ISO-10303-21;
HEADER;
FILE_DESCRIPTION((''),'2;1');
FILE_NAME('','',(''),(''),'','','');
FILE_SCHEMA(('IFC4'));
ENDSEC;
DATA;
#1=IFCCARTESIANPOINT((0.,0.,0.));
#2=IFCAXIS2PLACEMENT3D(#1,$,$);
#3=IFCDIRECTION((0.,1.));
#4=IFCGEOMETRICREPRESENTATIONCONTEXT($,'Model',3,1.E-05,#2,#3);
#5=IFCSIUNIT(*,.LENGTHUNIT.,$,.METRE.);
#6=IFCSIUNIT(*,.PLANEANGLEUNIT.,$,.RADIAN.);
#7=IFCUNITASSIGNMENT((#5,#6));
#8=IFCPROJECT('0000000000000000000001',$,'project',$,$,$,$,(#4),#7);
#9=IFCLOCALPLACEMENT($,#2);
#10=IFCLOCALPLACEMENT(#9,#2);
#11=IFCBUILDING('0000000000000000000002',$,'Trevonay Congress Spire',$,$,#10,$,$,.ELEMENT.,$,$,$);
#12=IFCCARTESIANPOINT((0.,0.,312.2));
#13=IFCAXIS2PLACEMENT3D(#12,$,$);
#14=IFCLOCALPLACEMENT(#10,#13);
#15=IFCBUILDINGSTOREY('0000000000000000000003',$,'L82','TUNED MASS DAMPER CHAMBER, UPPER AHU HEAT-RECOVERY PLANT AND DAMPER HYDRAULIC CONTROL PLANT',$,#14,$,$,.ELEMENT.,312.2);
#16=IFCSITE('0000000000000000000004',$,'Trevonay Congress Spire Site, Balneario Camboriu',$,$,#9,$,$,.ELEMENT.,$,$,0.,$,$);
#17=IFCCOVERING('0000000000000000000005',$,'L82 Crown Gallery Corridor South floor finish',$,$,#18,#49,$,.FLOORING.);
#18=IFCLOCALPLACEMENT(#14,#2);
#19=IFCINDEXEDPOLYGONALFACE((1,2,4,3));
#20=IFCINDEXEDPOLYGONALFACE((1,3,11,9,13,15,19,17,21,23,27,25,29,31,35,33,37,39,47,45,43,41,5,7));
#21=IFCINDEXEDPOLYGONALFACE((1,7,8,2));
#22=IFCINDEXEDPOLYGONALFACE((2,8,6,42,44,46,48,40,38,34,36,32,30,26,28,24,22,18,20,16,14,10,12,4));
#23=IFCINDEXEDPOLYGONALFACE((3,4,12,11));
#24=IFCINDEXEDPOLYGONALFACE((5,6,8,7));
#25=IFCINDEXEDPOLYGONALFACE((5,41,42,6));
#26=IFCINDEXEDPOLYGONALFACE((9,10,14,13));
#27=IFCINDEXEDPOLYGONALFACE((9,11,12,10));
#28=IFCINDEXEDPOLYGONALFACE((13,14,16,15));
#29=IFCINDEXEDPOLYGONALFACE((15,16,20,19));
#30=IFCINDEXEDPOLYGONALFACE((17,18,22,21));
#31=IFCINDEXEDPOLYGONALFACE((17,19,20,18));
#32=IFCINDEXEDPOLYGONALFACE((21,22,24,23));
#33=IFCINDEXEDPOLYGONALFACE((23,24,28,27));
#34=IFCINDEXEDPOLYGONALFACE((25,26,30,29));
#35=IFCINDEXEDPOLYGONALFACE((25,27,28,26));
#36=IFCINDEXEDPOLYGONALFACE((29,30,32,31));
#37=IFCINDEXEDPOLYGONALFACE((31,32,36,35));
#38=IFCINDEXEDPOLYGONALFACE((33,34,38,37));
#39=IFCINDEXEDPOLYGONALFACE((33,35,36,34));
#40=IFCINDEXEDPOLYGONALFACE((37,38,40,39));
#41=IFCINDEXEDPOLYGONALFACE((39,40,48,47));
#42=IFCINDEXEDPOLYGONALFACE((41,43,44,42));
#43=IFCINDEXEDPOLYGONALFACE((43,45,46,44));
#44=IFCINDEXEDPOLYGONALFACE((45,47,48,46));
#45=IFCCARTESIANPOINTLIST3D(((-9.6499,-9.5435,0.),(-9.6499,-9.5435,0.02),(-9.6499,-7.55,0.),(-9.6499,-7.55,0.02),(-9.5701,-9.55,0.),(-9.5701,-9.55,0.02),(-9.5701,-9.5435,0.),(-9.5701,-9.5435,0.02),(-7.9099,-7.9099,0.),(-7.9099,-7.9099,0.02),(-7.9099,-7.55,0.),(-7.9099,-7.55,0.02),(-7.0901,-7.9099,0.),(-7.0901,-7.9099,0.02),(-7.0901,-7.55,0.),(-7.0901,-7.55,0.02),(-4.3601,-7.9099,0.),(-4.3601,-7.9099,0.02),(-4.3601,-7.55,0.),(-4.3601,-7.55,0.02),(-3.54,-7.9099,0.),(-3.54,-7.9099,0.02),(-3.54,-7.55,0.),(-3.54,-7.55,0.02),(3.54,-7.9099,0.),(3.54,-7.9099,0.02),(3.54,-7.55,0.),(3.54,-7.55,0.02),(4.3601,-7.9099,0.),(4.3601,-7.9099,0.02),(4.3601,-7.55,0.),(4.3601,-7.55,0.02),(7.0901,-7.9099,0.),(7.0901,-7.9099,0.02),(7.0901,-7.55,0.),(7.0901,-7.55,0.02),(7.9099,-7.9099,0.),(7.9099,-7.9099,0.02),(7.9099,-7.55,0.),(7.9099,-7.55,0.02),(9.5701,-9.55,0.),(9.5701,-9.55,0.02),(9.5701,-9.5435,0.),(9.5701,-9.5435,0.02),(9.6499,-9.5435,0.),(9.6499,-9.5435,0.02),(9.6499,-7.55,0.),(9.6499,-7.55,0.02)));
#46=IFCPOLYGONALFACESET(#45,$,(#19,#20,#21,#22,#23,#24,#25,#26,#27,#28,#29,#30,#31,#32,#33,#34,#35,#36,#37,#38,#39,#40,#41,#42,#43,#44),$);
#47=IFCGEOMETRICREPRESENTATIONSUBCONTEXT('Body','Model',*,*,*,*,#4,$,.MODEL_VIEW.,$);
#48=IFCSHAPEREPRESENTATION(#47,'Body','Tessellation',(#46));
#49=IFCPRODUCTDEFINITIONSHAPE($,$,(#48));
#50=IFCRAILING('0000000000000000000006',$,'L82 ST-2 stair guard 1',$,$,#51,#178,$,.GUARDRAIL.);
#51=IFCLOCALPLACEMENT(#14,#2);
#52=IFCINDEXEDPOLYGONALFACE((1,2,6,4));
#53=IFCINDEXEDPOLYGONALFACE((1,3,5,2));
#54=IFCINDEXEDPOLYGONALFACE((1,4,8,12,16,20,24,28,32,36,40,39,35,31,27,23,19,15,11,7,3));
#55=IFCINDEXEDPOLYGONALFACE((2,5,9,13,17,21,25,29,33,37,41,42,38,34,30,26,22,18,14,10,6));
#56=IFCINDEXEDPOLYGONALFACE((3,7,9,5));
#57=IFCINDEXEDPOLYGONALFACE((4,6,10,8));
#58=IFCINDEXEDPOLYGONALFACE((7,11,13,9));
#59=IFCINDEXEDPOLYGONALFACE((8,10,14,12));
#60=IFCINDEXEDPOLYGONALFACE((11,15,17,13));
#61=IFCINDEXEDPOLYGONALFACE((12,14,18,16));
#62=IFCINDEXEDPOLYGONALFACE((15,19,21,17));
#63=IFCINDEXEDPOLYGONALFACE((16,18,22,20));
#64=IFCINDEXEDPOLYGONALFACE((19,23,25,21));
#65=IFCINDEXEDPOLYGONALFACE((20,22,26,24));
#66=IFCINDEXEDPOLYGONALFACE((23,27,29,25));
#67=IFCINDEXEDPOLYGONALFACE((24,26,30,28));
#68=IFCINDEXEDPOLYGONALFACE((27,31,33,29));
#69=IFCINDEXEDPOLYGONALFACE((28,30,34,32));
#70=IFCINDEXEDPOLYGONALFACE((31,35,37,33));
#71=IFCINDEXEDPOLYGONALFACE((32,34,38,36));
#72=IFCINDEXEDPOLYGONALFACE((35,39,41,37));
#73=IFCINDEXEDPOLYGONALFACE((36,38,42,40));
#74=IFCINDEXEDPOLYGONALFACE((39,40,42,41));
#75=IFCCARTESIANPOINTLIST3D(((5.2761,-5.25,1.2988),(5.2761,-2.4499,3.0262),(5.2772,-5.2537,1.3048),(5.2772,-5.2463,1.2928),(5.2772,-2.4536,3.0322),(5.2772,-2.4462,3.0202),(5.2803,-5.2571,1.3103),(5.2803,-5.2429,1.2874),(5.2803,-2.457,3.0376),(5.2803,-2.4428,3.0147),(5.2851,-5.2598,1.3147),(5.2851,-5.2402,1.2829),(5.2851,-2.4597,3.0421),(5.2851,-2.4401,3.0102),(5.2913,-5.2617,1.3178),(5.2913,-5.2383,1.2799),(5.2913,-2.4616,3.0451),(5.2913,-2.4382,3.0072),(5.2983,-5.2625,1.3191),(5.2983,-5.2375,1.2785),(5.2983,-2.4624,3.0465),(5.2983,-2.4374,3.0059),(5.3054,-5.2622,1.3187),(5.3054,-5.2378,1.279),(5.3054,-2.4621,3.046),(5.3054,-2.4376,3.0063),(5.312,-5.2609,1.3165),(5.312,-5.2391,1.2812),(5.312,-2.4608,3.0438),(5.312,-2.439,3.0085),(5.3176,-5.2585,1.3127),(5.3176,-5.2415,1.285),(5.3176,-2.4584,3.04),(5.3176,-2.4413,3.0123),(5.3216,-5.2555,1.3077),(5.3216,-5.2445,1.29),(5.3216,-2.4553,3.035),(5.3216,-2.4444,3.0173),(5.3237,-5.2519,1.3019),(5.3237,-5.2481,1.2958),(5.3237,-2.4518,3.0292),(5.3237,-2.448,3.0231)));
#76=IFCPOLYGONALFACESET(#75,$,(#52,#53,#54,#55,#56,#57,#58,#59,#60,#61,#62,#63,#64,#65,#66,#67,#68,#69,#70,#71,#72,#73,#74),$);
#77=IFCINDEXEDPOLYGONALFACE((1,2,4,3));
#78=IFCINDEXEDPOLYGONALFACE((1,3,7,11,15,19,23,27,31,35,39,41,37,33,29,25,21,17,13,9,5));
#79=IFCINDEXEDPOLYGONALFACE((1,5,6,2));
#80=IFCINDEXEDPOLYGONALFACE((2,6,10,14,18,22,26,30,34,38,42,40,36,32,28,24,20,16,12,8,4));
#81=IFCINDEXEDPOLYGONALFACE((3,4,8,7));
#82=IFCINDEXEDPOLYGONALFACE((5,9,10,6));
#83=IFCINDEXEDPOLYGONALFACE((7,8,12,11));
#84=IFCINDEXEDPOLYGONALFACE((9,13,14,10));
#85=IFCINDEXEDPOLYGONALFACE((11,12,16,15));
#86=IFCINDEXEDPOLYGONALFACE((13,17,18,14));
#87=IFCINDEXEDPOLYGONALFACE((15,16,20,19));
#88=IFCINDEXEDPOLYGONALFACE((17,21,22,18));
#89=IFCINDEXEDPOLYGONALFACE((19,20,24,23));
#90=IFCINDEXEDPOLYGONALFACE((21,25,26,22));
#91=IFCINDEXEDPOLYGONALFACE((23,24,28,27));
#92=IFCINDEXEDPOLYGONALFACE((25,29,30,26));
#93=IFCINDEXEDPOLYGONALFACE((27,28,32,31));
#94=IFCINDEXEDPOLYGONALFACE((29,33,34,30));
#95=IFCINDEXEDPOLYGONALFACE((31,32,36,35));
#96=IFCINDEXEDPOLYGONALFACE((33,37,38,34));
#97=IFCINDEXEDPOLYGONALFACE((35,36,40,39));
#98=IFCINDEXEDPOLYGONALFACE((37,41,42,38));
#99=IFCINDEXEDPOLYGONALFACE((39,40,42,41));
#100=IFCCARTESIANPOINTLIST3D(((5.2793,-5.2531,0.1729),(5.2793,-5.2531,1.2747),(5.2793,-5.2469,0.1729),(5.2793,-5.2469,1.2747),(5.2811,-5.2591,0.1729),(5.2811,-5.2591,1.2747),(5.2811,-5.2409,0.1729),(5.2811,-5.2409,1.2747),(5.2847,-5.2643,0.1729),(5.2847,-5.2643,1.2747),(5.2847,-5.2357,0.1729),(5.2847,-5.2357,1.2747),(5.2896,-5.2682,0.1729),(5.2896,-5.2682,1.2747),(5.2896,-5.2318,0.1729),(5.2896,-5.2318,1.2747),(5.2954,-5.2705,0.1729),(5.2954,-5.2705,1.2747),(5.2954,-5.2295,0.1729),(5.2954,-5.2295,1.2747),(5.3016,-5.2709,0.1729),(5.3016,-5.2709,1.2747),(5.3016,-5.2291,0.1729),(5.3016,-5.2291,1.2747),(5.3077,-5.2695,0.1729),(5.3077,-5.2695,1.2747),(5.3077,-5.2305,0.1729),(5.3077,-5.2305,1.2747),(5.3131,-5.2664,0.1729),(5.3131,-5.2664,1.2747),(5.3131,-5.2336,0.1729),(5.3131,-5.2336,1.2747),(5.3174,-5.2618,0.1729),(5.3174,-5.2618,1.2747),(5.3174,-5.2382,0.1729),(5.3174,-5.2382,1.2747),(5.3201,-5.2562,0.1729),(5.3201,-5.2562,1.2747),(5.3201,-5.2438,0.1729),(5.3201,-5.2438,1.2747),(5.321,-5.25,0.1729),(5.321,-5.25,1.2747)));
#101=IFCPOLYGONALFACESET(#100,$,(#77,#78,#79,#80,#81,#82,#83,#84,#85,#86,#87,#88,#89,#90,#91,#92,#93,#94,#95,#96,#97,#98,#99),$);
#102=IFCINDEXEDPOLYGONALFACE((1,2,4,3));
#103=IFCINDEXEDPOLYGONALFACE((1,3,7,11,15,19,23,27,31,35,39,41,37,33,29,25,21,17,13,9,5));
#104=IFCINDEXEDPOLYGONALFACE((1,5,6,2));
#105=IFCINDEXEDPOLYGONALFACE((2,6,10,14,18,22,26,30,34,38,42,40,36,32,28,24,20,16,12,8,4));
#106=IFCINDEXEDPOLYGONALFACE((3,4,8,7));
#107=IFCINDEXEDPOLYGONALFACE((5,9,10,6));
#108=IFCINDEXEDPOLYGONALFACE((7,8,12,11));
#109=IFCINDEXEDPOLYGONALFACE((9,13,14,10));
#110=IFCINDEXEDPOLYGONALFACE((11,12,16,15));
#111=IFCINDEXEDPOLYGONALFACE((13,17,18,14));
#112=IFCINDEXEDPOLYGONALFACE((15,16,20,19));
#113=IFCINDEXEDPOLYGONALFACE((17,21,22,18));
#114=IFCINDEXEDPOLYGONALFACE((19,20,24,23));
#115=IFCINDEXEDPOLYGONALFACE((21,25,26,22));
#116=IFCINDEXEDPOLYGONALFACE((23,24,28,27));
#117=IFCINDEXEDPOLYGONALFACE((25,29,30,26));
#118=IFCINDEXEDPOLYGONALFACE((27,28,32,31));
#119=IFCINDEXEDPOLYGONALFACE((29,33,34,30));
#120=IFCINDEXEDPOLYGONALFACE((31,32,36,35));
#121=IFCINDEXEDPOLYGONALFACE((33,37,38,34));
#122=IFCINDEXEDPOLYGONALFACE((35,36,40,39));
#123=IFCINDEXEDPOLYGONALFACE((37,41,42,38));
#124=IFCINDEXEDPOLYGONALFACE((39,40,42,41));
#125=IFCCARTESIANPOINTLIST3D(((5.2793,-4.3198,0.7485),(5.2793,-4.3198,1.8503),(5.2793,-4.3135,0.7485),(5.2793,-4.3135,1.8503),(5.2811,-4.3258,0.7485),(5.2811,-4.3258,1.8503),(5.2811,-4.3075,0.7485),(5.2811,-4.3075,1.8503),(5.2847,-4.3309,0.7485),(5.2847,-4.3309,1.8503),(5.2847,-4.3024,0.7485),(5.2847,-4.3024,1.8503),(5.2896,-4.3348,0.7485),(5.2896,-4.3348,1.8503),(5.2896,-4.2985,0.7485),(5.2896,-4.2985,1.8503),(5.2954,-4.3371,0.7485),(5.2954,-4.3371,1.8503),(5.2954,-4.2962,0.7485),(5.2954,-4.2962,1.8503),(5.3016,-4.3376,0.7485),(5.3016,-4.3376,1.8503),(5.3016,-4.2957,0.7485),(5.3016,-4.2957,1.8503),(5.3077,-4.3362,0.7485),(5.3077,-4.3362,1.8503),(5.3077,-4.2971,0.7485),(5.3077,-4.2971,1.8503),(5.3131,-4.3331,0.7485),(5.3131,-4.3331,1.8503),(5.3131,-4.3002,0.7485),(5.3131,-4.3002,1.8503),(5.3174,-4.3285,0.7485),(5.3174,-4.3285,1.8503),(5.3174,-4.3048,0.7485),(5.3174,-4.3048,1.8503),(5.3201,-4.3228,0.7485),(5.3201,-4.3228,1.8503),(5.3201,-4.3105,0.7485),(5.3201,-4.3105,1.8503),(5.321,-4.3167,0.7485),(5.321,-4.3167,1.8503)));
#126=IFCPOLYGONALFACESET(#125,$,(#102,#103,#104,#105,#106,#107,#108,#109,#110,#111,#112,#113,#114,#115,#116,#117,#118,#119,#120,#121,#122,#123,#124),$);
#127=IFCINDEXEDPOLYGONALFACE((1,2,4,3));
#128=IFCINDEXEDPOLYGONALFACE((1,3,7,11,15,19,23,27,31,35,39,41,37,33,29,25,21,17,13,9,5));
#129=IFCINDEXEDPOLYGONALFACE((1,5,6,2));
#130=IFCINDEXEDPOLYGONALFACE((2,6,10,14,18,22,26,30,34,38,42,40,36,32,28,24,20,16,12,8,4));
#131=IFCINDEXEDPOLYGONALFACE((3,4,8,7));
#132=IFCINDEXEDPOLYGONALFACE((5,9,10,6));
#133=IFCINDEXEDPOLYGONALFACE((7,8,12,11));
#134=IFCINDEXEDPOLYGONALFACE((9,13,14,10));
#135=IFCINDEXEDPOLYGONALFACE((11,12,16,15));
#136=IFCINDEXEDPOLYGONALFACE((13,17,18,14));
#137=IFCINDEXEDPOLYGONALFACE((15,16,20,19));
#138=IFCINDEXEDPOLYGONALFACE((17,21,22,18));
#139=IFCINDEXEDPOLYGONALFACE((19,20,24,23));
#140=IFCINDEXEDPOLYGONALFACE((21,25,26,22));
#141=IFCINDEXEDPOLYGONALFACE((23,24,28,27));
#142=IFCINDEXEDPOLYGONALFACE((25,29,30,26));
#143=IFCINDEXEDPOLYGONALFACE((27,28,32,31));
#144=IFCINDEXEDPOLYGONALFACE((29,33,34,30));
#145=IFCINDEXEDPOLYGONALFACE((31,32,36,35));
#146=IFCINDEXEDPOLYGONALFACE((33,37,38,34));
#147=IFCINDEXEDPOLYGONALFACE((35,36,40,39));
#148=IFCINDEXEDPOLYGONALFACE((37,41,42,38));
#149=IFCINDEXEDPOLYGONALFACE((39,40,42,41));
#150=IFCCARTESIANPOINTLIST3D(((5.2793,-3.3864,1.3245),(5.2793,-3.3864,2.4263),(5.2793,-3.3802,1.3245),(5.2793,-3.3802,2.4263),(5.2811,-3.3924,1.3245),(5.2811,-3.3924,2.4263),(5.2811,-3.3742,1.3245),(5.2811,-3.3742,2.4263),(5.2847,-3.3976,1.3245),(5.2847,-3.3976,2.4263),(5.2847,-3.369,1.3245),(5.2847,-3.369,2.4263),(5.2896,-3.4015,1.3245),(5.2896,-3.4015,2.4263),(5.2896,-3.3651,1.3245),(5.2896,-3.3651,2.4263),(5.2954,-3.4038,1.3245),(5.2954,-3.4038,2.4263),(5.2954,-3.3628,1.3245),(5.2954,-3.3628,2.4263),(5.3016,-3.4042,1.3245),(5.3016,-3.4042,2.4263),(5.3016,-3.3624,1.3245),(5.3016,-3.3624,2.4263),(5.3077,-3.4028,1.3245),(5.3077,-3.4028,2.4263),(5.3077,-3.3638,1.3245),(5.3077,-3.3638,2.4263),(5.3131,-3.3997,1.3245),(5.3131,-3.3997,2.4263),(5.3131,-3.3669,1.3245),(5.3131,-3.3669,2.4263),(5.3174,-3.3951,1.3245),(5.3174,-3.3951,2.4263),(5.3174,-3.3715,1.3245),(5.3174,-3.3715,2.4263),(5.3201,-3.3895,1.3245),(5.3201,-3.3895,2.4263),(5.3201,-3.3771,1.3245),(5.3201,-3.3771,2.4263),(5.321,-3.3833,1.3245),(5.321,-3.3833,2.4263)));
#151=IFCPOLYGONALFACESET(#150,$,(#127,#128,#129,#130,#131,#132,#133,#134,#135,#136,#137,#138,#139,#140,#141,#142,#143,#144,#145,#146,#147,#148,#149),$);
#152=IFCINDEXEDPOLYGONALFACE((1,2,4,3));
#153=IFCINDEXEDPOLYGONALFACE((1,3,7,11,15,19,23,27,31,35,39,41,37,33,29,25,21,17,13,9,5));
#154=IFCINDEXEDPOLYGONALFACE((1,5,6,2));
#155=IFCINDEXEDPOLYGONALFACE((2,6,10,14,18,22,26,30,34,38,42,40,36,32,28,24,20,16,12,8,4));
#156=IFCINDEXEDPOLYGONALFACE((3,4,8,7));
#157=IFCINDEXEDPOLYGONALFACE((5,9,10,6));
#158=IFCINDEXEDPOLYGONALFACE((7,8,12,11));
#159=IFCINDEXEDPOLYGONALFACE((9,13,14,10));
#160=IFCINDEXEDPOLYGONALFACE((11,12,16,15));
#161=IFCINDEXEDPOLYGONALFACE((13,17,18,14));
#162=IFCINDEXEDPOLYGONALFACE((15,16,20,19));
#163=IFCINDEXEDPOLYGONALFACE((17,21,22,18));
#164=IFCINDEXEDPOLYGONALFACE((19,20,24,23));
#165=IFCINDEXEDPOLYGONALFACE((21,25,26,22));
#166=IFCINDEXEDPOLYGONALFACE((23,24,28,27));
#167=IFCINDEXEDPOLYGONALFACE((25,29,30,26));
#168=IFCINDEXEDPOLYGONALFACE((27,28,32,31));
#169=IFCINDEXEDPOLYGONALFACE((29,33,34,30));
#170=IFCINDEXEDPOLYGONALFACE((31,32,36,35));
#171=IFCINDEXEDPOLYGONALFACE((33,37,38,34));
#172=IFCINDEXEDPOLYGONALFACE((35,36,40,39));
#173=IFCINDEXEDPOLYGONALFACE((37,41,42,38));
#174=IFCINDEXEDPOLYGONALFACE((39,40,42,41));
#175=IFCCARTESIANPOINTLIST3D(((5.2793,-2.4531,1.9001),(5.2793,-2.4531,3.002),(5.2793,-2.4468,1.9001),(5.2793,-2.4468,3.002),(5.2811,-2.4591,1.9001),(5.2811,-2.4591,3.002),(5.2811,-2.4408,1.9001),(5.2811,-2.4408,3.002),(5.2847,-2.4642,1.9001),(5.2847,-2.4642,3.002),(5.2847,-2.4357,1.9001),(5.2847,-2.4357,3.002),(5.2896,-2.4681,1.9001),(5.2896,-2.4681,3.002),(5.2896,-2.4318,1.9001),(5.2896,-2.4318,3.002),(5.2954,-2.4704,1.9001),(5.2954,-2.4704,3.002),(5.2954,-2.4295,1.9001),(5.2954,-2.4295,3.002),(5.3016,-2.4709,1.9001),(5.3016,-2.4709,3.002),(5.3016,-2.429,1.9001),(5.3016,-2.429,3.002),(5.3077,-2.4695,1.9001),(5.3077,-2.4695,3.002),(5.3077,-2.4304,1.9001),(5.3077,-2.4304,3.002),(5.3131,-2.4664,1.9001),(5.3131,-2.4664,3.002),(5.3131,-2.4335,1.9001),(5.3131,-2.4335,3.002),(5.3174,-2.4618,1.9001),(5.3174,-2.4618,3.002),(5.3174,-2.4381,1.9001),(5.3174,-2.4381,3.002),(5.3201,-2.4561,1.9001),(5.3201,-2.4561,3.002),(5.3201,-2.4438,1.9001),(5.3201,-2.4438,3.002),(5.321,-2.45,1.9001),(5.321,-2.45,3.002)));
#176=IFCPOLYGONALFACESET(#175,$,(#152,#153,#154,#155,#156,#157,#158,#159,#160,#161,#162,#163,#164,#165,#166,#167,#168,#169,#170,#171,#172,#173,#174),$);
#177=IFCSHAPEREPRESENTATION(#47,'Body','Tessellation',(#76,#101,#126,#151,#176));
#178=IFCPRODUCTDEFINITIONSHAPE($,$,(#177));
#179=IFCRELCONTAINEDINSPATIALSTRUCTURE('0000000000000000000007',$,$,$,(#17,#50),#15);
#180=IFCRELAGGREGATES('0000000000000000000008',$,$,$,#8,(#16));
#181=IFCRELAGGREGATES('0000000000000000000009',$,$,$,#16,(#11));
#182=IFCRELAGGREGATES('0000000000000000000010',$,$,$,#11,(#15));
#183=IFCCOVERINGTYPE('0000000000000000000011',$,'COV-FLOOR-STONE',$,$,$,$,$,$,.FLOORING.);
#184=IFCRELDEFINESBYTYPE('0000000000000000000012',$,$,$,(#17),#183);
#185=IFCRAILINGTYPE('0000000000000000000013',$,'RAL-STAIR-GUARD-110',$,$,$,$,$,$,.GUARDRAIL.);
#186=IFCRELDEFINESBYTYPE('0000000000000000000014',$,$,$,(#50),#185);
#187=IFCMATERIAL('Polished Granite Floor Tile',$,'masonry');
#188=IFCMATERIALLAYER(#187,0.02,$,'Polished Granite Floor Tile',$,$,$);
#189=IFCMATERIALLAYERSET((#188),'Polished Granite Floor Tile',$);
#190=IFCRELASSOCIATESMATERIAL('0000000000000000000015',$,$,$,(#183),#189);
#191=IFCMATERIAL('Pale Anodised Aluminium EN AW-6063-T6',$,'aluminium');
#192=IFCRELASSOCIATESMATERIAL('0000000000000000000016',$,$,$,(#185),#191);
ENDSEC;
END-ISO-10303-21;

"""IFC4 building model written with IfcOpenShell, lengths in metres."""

from ifc_helpers import new_model, si_unit, direction, frame, origin, origin_2d, place, context, subcontext, project, spatial, polyline, circle, outline, extrude, material, layer, layer_set, type_object, element, save


model = new_model("IFC4")

# Units and contexts
model_context = context("Model", 3, precision=1e-05, world=origin(), true_north=direction((0.0, 1.0)))
body_context = subcontext(model_context, "Body", "Model", "MODEL_VIEW")
ifc_project = project(units=[si_unit("LENGTHUNIT", "METRE"), si_unit("PLANEANGLEUNIT", "RADIAN")], contexts=[model_context])

# Site, building, storey
site_placement = place(None, origin())
site = spatial("IfcSite", under=ifc_project, at=site_placement, Name="Trevonay Congress Spire Site, Balneario Camboriu", CompositionType="ELEMENT", RefElevation=0.0)
building_placement = place(site_placement, origin())
building = spatial("IfcBuilding", under=site, at=building_placement, Name="Trevonay Congress Spire", CompositionType="ELEMENT")
storey_placement = place(building_placement, frame((0.0, 0.0, 312.2)))
storey = spatial("IfcBuildingStorey", under=building, at=storey_placement, Name="L82", Description="TUNED MASS DAMPER CHAMBER, UPPER AHU HEAT-RECOVERY PLANT AND DAMPER HYDRAULIC CONTROL PLANT", CompositionType="ELEMENT", Elevation=312.2)

# Shared definitions
ifc_material_1 = material(Name="Pale Anodised Aluminium EN AW-6063-T6", Category="aluminium")

# Covering
ifc_material_2 = material(Name="Polished Granite Floor Tile", Category="masonry")
ifc_layer_1 = layer(ifc_material_2, 0.02, Name="Polished Granite Floor Tile")
ifc_layer_set_1 = layer_set([ifc_layer_1], Name="Polished Granite Floor Tile")
covering_type_1 = type_object("IfcCoveringType", Name="COV-FLOOR-STONE", PredefinedType="FLOORING", material=ifc_layer_set_1)
covering_1_placement = place(storey_placement, origin())
element("IfcCovering", 1, at=covering_1_placement, inside=storey, type_object=covering_type_1, Name="L82 Crown Gallery Corridor South floor finish", PredefinedType="FLOORING", context=body_context, shape_type="SweptSolid", body=[
    extrude(outline(polyline([(-9.5701, -9.55), (-9.5701, -9.5435), (-9.6499, -9.5435), (-9.6499, -7.55), (-7.9099, -7.55), (-7.9099, -7.9099), (-7.0901, -7.9099), (-7.0901, -7.55), (-4.3601, -7.55), (-4.3601, -7.9099), (-3.54, -7.9099), (-3.54, -7.55), (3.54, -7.55), (3.54, -7.9099), (4.3601, -7.9099), (4.3601, -7.55), (7.0901, -7.55), (7.0901, -7.9099), (7.9099, -7.9099), (7.9099, -7.55), (9.6499, -7.55), (9.6499, -9.5435), (9.5701, -9.5435), (9.5701, -9.55), (-9.5701, -9.55)])), origin(), (0.0, 0.0, 1.0), 0.02),
])

# Railing
railing_type_1 = type_object("IfcRailingType", Name="RAL-STAIR-GUARD-110", PredefinedType="GUARDRAIL", material=ifc_material_1)
railing_1_placement = place(storey_placement, frame((5.3, -5.25, 0.1729)))
element("IfcRailing", 2, at=railing_1_placement, inside=storey, type_object=railing_type_1, Name="L82 ST-2 stair guard 1", PredefinedType="GUARDRAIL", context=body_context, shape_type="SweptSolid", body=[
    extrude(circle(Radius=0.0239, at=origin_2d()), frame((0.0, 0.0, 1.126), z_axis=(0.0, 0.85109, 0.52502), x_axis=(-1.0, 0.0, 0.0)), (0.0, 0.0, 1.0), 3.29),
    extrude(circle(Radius=0.021, at=origin_2d()), origin(), (0.0, 0.0, 1.0), 1.1018),
    extrude(circle(Radius=0.021, at=origin_2d()), frame((0.0, 0.9333, 0.5757)), (0.0, 0.0, 1.0), 1.1018),
    extrude(circle(Radius=0.021, at=origin_2d()), frame((0.0, 1.8667, 1.1516)), (0.0, 0.0, 1.0), 1.1018),
    extrude(circle(Radius=0.021, at=origin_2d()), frame((0.0, 2.8, 1.7273)), (0.0, 0.0, 1.0), 1.1018),
])

save(model, "model.ifc")
